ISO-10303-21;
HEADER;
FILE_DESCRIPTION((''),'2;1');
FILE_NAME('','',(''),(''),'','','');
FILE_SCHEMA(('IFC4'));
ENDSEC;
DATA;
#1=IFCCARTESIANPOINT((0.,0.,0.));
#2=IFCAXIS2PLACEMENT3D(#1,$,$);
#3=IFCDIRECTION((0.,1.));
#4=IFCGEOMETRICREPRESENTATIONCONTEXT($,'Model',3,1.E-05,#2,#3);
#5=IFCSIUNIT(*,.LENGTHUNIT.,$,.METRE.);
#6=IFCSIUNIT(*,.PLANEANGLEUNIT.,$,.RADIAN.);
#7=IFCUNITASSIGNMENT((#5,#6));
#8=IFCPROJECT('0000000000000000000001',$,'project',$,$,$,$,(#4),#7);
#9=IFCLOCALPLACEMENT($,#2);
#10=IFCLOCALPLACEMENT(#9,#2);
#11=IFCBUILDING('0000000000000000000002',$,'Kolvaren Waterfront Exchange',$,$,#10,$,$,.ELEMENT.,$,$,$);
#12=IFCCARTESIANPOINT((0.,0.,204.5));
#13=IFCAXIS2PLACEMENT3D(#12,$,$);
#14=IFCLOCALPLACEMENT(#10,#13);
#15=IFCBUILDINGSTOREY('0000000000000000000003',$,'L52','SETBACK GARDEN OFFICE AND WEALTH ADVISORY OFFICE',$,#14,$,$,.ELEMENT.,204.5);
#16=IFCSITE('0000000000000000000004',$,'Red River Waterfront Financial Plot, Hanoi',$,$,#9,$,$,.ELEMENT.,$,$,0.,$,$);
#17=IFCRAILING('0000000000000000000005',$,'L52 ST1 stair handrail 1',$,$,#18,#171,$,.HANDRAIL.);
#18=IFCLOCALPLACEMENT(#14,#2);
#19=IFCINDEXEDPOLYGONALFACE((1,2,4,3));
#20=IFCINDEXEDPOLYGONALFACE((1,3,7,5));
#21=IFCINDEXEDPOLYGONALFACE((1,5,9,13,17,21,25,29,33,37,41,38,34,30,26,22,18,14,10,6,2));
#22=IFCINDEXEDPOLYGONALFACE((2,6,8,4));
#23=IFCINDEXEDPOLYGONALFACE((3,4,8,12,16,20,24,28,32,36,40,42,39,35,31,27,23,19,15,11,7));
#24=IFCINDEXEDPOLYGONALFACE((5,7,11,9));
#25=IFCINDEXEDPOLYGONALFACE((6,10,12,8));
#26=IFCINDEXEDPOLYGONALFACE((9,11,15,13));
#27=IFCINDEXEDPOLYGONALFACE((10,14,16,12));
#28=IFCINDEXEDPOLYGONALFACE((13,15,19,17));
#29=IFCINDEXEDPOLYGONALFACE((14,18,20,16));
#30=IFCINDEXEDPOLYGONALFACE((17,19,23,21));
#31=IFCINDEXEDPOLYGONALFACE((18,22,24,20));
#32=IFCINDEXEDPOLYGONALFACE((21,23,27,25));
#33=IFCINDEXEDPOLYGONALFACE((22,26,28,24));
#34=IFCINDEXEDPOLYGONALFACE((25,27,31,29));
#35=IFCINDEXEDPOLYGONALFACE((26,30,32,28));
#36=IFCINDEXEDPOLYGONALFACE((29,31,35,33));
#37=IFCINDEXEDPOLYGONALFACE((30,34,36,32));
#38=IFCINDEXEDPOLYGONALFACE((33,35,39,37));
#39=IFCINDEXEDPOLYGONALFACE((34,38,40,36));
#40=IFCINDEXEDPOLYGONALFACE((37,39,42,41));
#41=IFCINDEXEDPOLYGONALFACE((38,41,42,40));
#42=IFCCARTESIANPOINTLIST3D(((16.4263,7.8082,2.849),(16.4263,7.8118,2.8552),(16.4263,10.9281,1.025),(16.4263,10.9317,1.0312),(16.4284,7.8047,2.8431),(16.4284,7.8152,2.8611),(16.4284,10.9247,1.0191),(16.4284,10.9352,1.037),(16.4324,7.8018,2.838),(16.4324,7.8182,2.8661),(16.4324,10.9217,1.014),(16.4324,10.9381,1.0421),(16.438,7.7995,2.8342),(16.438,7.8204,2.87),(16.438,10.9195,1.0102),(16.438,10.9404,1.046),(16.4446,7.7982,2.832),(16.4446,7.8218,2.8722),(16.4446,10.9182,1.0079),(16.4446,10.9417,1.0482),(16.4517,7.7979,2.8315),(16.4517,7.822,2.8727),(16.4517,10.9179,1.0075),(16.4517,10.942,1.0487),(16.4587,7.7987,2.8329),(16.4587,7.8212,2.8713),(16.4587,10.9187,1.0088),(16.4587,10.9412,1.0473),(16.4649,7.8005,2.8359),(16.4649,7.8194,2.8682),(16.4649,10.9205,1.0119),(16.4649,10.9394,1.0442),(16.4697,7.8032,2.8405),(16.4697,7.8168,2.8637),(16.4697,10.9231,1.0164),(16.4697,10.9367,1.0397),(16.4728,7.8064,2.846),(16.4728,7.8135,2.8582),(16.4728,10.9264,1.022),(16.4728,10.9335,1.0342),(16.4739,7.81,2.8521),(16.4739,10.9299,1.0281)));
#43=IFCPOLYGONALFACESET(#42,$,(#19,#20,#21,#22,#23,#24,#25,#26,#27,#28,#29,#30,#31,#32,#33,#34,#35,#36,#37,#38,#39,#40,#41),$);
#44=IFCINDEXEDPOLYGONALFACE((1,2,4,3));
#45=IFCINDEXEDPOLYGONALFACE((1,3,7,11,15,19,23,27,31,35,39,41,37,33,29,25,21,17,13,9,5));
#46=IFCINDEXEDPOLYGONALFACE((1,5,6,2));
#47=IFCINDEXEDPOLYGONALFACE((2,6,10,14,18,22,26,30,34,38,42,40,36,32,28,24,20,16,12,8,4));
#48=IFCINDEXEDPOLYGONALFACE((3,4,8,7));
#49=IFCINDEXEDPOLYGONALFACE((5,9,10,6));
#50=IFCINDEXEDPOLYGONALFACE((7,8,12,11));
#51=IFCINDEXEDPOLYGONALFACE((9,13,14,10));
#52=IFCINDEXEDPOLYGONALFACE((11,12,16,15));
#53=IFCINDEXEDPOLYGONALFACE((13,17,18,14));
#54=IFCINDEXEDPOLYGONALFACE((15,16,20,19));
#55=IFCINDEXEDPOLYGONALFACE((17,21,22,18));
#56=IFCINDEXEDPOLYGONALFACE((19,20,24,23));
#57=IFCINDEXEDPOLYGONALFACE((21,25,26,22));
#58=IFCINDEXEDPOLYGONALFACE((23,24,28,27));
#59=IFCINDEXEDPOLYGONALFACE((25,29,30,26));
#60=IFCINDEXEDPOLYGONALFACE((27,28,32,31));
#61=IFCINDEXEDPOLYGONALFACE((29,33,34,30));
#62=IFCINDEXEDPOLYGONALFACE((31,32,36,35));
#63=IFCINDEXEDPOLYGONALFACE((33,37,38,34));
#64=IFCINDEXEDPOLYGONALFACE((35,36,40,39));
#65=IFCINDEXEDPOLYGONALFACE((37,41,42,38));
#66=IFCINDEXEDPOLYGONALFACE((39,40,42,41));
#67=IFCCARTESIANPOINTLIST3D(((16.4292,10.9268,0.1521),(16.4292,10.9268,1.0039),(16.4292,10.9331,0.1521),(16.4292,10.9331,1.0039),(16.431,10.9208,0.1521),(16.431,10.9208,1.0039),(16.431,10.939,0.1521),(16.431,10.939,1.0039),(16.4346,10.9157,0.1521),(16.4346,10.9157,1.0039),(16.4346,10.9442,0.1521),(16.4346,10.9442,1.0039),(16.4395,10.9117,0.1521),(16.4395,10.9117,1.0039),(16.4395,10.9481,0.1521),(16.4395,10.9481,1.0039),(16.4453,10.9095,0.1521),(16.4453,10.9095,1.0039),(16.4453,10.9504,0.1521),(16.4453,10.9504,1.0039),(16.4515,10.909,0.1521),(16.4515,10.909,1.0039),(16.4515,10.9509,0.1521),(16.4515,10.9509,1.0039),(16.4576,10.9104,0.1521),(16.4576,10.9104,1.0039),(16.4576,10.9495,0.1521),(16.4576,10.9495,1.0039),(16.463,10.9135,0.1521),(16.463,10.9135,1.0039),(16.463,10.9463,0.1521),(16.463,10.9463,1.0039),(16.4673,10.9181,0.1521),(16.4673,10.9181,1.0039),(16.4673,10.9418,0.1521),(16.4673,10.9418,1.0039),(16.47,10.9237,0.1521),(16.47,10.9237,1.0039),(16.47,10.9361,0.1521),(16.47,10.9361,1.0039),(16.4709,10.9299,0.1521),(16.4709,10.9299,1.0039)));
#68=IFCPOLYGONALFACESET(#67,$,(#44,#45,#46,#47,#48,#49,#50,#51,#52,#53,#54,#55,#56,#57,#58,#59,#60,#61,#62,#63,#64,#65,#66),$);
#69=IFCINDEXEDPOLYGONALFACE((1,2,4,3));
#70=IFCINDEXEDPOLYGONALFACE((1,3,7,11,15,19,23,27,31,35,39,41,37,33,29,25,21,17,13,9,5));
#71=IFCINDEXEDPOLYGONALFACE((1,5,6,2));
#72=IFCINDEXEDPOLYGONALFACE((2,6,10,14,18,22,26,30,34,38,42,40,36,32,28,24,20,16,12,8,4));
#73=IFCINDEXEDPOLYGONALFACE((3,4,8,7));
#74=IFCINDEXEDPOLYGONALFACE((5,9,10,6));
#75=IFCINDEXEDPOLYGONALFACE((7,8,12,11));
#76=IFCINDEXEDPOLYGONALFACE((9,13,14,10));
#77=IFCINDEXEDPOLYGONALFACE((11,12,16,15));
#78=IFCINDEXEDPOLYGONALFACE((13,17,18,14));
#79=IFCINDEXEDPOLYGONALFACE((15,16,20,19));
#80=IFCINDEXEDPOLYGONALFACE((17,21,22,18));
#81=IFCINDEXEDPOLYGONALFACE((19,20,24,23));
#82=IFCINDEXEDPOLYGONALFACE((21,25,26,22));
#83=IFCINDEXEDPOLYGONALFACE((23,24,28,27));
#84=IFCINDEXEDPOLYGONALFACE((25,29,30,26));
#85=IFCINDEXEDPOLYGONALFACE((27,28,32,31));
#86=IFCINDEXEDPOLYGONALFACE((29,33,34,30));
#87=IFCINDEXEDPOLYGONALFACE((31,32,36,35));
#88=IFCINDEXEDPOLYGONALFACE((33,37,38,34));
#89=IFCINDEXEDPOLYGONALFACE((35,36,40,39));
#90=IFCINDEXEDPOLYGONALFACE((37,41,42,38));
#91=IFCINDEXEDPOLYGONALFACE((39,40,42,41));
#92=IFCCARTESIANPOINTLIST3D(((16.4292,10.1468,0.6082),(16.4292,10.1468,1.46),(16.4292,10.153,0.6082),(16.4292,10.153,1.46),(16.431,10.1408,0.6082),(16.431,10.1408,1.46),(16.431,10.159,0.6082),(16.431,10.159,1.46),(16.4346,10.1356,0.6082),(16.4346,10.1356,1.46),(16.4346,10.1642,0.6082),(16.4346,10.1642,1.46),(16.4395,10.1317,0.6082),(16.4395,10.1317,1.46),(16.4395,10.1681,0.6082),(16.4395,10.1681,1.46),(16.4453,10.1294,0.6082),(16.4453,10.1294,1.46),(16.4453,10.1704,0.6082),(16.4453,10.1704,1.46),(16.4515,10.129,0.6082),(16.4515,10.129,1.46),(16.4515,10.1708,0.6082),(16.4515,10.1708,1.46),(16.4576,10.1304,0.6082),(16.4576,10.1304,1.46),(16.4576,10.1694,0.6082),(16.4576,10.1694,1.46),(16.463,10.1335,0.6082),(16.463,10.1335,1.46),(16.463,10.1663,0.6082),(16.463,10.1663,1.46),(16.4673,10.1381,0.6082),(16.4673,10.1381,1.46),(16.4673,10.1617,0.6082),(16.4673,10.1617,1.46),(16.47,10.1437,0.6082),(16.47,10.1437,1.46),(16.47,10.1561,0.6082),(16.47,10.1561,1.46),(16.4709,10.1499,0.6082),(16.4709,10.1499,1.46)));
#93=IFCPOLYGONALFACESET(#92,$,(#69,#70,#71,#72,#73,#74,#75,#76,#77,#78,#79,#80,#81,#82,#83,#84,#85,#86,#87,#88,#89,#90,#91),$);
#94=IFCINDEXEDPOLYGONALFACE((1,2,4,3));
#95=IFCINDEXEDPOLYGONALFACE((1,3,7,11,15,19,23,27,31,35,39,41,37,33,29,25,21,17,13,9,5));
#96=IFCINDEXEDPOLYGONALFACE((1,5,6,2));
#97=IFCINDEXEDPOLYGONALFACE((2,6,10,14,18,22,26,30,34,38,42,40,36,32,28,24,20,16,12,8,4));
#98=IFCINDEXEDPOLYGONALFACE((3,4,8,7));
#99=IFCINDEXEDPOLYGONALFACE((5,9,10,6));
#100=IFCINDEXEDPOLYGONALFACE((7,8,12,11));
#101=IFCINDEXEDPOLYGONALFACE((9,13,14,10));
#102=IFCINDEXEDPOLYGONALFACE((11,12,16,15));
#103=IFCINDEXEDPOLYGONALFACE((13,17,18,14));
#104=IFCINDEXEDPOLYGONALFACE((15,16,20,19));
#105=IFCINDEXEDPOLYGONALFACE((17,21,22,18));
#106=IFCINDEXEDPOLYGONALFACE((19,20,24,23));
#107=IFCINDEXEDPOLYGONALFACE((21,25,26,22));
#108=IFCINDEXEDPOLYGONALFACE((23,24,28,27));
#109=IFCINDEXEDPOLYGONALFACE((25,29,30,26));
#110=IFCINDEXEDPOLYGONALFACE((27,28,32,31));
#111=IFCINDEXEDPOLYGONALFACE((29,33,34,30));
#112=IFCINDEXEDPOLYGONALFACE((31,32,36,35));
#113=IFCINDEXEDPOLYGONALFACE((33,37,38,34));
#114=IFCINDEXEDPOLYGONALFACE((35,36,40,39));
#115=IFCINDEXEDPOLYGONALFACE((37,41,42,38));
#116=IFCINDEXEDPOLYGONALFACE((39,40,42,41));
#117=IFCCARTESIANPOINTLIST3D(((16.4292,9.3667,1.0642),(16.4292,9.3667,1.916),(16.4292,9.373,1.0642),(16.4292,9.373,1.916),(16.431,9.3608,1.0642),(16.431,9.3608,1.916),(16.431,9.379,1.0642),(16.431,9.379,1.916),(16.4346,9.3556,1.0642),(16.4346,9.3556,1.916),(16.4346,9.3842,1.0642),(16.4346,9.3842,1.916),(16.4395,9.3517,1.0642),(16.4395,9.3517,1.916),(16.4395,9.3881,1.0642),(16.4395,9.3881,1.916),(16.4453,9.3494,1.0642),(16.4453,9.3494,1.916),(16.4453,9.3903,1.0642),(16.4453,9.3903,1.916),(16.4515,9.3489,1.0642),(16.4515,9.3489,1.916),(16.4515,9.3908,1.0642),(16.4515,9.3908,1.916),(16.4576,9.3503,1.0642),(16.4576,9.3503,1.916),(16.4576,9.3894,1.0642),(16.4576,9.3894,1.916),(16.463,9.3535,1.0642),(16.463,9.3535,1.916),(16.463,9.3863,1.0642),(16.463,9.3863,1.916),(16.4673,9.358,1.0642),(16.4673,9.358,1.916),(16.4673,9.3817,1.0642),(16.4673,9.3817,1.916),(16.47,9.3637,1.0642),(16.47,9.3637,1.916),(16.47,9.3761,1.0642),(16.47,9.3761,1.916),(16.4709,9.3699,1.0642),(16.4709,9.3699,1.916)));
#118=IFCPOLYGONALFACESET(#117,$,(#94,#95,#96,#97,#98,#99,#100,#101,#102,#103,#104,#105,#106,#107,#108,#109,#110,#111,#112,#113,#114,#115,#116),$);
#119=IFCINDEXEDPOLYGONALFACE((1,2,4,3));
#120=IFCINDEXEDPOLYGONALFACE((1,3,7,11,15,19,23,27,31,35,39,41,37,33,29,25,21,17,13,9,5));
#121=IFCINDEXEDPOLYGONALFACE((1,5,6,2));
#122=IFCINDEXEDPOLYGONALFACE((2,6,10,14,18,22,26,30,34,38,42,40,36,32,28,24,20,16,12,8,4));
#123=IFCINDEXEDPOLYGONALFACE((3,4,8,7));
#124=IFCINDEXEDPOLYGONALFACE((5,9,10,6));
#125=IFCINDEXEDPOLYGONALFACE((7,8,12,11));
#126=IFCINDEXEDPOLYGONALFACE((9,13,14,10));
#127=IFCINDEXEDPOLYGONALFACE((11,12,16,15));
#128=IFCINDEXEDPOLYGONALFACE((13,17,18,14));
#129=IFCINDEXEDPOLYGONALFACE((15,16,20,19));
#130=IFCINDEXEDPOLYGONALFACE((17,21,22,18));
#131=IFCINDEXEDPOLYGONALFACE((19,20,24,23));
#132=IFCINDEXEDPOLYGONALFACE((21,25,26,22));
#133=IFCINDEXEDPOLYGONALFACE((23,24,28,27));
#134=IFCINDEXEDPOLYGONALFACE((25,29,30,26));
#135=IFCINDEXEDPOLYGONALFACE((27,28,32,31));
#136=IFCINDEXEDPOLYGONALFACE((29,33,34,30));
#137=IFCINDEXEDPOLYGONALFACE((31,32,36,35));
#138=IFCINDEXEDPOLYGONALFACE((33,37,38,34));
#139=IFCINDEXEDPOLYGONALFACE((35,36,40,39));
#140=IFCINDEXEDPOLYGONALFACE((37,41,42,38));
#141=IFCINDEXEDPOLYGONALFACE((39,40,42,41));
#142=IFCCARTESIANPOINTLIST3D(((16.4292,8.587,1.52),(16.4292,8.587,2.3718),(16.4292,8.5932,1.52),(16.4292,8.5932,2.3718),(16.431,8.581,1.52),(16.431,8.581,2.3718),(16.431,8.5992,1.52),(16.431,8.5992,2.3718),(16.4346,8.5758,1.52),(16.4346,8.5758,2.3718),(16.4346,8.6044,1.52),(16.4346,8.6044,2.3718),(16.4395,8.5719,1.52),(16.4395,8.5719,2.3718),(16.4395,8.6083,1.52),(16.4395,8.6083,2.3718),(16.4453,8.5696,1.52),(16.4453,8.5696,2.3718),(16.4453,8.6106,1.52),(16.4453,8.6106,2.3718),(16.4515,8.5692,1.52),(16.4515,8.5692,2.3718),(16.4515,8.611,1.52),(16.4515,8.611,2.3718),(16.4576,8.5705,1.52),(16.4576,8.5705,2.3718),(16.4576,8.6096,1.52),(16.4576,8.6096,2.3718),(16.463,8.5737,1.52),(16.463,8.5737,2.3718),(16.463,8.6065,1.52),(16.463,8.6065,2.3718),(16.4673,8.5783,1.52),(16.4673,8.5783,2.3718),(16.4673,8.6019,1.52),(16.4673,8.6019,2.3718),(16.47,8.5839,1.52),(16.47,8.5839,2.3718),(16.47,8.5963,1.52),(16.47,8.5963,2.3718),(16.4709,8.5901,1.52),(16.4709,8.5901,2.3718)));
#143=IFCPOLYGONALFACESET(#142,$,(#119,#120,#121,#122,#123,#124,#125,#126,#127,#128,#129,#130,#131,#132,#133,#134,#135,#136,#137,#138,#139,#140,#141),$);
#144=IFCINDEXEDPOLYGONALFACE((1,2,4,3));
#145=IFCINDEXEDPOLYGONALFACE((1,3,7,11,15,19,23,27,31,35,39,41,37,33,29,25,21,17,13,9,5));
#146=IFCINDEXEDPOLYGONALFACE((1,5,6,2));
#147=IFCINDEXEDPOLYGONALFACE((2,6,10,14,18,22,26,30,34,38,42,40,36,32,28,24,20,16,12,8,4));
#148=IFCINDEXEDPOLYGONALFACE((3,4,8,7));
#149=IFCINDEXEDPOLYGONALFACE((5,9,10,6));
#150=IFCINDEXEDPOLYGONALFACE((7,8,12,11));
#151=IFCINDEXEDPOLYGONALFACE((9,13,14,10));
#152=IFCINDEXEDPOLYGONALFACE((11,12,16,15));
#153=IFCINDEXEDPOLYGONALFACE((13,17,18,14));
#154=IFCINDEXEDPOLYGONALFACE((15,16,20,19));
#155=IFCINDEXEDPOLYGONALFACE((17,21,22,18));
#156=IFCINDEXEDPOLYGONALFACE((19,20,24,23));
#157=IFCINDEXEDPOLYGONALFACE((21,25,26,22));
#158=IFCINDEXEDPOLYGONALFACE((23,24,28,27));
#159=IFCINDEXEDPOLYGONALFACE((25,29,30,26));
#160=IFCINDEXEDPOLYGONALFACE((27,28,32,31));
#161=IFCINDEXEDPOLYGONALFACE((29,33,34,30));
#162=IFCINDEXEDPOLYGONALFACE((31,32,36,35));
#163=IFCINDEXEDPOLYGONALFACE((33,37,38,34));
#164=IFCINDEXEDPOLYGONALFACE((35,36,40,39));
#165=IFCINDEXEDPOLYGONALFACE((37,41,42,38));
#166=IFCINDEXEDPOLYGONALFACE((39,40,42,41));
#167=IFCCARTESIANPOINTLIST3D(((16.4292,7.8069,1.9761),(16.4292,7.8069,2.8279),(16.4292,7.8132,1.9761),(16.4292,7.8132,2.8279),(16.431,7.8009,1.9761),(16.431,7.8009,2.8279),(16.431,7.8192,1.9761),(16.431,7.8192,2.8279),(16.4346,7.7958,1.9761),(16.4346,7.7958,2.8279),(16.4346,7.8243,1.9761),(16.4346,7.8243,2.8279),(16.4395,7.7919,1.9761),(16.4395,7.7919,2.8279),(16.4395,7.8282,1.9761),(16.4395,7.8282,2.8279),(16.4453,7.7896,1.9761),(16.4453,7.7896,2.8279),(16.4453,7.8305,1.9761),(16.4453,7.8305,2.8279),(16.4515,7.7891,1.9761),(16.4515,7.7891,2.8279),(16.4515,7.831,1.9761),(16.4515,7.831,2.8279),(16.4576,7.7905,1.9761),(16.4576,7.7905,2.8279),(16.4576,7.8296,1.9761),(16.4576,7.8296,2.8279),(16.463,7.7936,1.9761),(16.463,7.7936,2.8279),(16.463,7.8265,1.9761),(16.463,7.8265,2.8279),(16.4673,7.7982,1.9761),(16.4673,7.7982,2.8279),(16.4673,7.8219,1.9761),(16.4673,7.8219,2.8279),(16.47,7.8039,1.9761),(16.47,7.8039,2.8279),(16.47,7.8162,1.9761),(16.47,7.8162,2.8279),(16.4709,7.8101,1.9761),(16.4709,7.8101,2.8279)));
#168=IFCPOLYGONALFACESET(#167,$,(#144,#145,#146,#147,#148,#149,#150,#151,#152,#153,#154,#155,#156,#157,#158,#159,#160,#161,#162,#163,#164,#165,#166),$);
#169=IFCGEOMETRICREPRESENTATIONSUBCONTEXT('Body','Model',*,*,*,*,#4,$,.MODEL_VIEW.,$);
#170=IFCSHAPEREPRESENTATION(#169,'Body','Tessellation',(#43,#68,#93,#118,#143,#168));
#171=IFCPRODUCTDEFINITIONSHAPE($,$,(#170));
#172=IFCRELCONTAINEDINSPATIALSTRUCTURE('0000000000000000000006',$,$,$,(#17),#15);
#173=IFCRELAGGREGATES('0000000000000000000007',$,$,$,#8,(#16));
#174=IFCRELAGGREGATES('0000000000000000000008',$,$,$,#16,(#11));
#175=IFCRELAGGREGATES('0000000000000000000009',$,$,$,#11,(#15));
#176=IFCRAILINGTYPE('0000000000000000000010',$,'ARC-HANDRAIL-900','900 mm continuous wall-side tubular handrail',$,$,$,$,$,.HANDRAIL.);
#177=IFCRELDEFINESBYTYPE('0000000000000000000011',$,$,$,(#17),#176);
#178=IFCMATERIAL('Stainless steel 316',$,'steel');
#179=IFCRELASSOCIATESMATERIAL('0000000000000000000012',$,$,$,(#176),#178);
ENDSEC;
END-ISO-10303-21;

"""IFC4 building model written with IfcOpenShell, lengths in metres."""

from ifc_helpers import new_model, si_unit, direction, frame, origin, origin_2d, place, context, subcontext, project, spatial, circle, extrude, material, type_object, element, save


model = new_model("IFC4")

# Units and contexts
model_context = context("Model", 3, precision=1e-05, world=origin(), true_north=direction((0.0, 1.0)))
body_context = subcontext(model_context, "Body", "Model", "MODEL_VIEW")
ifc_project = project(units=[si_unit("LENGTHUNIT", "METRE"), si_unit("PLANEANGLEUNIT", "RADIAN")], contexts=[model_context])

# Site, building, storey
site_placement = place(None, origin())
site = spatial("IfcSite", under=ifc_project, at=site_placement, Name="Red River Waterfront Financial Plot, Hanoi", CompositionType="ELEMENT", RefElevation=0.0)
building_placement = place(site_placement, origin())
building = spatial("IfcBuilding", under=site, at=building_placement, Name="Kolvaren Waterfront Exchange", CompositionType="ELEMENT")
storey_placement = place(building_placement, frame((0.0, 0.0, 204.5)))
storey = spatial("IfcBuildingStorey", under=building, at=storey_placement, Name="L52", Description="SETBACK GARDEN OFFICE AND WEALTH ADVISORY OFFICE", CompositionType="ELEMENT", Elevation=204.5)

# Railing
ifc_material_1 = material(Name="Stainless steel 316", Category="steel")
railing_type_1 = type_object("IfcRailingType", Name="ARC-HANDRAIL-900", Description="900 mm continuous wall-side tubular handrail", PredefinedType="HANDRAIL", material=ifc_material_1)
railing_1_placement = place(storey_placement, frame((16.45, 10.9299, 0.1521)))
element("IfcRailing", 1, at=railing_1_placement, inside=storey, type_object=railing_type_1, Name="L52 ST1 stair handrail 1", PredefinedType="HANDRAIL", context=body_context, shape_type="SweptSolid", body=[
    extrude(circle(Radius=0.0239, at=origin_2d()), frame((0.0, 0.0, 0.876), z_axis=(0.0, -0.863291, 0.504707), x_axis=(1.0, 0.0, 0.0)), (0.0, 0.0, 1.0), 3.614),
    extrude(circle(Radius=0.021, at=origin_2d()), origin(), (0.0, 0.0, 1.0), 0.8518),
    extrude(circle(Radius=0.021, at=origin_2d()), frame((0.0, -0.78, 0.4561)), (0.0, 0.0, 1.0), 0.8518),
    extrude(circle(Radius=0.021, at=origin_2d()), frame((0.0, -1.5601, 0.9121)), (0.0, 0.0, 1.0), 0.8518),
    extrude(circle(Radius=0.021, at=origin_2d()), frame((0.0, -2.3398, 1.3679)), (0.0, 0.0, 1.0), 0.8518),
    extrude(circle(Radius=0.021, at=origin_2d()), frame((0.0, -3.1199, 1.824)), (0.0, 0.0, 1.0), 0.8518),
])

save(model, "model.ifc")
